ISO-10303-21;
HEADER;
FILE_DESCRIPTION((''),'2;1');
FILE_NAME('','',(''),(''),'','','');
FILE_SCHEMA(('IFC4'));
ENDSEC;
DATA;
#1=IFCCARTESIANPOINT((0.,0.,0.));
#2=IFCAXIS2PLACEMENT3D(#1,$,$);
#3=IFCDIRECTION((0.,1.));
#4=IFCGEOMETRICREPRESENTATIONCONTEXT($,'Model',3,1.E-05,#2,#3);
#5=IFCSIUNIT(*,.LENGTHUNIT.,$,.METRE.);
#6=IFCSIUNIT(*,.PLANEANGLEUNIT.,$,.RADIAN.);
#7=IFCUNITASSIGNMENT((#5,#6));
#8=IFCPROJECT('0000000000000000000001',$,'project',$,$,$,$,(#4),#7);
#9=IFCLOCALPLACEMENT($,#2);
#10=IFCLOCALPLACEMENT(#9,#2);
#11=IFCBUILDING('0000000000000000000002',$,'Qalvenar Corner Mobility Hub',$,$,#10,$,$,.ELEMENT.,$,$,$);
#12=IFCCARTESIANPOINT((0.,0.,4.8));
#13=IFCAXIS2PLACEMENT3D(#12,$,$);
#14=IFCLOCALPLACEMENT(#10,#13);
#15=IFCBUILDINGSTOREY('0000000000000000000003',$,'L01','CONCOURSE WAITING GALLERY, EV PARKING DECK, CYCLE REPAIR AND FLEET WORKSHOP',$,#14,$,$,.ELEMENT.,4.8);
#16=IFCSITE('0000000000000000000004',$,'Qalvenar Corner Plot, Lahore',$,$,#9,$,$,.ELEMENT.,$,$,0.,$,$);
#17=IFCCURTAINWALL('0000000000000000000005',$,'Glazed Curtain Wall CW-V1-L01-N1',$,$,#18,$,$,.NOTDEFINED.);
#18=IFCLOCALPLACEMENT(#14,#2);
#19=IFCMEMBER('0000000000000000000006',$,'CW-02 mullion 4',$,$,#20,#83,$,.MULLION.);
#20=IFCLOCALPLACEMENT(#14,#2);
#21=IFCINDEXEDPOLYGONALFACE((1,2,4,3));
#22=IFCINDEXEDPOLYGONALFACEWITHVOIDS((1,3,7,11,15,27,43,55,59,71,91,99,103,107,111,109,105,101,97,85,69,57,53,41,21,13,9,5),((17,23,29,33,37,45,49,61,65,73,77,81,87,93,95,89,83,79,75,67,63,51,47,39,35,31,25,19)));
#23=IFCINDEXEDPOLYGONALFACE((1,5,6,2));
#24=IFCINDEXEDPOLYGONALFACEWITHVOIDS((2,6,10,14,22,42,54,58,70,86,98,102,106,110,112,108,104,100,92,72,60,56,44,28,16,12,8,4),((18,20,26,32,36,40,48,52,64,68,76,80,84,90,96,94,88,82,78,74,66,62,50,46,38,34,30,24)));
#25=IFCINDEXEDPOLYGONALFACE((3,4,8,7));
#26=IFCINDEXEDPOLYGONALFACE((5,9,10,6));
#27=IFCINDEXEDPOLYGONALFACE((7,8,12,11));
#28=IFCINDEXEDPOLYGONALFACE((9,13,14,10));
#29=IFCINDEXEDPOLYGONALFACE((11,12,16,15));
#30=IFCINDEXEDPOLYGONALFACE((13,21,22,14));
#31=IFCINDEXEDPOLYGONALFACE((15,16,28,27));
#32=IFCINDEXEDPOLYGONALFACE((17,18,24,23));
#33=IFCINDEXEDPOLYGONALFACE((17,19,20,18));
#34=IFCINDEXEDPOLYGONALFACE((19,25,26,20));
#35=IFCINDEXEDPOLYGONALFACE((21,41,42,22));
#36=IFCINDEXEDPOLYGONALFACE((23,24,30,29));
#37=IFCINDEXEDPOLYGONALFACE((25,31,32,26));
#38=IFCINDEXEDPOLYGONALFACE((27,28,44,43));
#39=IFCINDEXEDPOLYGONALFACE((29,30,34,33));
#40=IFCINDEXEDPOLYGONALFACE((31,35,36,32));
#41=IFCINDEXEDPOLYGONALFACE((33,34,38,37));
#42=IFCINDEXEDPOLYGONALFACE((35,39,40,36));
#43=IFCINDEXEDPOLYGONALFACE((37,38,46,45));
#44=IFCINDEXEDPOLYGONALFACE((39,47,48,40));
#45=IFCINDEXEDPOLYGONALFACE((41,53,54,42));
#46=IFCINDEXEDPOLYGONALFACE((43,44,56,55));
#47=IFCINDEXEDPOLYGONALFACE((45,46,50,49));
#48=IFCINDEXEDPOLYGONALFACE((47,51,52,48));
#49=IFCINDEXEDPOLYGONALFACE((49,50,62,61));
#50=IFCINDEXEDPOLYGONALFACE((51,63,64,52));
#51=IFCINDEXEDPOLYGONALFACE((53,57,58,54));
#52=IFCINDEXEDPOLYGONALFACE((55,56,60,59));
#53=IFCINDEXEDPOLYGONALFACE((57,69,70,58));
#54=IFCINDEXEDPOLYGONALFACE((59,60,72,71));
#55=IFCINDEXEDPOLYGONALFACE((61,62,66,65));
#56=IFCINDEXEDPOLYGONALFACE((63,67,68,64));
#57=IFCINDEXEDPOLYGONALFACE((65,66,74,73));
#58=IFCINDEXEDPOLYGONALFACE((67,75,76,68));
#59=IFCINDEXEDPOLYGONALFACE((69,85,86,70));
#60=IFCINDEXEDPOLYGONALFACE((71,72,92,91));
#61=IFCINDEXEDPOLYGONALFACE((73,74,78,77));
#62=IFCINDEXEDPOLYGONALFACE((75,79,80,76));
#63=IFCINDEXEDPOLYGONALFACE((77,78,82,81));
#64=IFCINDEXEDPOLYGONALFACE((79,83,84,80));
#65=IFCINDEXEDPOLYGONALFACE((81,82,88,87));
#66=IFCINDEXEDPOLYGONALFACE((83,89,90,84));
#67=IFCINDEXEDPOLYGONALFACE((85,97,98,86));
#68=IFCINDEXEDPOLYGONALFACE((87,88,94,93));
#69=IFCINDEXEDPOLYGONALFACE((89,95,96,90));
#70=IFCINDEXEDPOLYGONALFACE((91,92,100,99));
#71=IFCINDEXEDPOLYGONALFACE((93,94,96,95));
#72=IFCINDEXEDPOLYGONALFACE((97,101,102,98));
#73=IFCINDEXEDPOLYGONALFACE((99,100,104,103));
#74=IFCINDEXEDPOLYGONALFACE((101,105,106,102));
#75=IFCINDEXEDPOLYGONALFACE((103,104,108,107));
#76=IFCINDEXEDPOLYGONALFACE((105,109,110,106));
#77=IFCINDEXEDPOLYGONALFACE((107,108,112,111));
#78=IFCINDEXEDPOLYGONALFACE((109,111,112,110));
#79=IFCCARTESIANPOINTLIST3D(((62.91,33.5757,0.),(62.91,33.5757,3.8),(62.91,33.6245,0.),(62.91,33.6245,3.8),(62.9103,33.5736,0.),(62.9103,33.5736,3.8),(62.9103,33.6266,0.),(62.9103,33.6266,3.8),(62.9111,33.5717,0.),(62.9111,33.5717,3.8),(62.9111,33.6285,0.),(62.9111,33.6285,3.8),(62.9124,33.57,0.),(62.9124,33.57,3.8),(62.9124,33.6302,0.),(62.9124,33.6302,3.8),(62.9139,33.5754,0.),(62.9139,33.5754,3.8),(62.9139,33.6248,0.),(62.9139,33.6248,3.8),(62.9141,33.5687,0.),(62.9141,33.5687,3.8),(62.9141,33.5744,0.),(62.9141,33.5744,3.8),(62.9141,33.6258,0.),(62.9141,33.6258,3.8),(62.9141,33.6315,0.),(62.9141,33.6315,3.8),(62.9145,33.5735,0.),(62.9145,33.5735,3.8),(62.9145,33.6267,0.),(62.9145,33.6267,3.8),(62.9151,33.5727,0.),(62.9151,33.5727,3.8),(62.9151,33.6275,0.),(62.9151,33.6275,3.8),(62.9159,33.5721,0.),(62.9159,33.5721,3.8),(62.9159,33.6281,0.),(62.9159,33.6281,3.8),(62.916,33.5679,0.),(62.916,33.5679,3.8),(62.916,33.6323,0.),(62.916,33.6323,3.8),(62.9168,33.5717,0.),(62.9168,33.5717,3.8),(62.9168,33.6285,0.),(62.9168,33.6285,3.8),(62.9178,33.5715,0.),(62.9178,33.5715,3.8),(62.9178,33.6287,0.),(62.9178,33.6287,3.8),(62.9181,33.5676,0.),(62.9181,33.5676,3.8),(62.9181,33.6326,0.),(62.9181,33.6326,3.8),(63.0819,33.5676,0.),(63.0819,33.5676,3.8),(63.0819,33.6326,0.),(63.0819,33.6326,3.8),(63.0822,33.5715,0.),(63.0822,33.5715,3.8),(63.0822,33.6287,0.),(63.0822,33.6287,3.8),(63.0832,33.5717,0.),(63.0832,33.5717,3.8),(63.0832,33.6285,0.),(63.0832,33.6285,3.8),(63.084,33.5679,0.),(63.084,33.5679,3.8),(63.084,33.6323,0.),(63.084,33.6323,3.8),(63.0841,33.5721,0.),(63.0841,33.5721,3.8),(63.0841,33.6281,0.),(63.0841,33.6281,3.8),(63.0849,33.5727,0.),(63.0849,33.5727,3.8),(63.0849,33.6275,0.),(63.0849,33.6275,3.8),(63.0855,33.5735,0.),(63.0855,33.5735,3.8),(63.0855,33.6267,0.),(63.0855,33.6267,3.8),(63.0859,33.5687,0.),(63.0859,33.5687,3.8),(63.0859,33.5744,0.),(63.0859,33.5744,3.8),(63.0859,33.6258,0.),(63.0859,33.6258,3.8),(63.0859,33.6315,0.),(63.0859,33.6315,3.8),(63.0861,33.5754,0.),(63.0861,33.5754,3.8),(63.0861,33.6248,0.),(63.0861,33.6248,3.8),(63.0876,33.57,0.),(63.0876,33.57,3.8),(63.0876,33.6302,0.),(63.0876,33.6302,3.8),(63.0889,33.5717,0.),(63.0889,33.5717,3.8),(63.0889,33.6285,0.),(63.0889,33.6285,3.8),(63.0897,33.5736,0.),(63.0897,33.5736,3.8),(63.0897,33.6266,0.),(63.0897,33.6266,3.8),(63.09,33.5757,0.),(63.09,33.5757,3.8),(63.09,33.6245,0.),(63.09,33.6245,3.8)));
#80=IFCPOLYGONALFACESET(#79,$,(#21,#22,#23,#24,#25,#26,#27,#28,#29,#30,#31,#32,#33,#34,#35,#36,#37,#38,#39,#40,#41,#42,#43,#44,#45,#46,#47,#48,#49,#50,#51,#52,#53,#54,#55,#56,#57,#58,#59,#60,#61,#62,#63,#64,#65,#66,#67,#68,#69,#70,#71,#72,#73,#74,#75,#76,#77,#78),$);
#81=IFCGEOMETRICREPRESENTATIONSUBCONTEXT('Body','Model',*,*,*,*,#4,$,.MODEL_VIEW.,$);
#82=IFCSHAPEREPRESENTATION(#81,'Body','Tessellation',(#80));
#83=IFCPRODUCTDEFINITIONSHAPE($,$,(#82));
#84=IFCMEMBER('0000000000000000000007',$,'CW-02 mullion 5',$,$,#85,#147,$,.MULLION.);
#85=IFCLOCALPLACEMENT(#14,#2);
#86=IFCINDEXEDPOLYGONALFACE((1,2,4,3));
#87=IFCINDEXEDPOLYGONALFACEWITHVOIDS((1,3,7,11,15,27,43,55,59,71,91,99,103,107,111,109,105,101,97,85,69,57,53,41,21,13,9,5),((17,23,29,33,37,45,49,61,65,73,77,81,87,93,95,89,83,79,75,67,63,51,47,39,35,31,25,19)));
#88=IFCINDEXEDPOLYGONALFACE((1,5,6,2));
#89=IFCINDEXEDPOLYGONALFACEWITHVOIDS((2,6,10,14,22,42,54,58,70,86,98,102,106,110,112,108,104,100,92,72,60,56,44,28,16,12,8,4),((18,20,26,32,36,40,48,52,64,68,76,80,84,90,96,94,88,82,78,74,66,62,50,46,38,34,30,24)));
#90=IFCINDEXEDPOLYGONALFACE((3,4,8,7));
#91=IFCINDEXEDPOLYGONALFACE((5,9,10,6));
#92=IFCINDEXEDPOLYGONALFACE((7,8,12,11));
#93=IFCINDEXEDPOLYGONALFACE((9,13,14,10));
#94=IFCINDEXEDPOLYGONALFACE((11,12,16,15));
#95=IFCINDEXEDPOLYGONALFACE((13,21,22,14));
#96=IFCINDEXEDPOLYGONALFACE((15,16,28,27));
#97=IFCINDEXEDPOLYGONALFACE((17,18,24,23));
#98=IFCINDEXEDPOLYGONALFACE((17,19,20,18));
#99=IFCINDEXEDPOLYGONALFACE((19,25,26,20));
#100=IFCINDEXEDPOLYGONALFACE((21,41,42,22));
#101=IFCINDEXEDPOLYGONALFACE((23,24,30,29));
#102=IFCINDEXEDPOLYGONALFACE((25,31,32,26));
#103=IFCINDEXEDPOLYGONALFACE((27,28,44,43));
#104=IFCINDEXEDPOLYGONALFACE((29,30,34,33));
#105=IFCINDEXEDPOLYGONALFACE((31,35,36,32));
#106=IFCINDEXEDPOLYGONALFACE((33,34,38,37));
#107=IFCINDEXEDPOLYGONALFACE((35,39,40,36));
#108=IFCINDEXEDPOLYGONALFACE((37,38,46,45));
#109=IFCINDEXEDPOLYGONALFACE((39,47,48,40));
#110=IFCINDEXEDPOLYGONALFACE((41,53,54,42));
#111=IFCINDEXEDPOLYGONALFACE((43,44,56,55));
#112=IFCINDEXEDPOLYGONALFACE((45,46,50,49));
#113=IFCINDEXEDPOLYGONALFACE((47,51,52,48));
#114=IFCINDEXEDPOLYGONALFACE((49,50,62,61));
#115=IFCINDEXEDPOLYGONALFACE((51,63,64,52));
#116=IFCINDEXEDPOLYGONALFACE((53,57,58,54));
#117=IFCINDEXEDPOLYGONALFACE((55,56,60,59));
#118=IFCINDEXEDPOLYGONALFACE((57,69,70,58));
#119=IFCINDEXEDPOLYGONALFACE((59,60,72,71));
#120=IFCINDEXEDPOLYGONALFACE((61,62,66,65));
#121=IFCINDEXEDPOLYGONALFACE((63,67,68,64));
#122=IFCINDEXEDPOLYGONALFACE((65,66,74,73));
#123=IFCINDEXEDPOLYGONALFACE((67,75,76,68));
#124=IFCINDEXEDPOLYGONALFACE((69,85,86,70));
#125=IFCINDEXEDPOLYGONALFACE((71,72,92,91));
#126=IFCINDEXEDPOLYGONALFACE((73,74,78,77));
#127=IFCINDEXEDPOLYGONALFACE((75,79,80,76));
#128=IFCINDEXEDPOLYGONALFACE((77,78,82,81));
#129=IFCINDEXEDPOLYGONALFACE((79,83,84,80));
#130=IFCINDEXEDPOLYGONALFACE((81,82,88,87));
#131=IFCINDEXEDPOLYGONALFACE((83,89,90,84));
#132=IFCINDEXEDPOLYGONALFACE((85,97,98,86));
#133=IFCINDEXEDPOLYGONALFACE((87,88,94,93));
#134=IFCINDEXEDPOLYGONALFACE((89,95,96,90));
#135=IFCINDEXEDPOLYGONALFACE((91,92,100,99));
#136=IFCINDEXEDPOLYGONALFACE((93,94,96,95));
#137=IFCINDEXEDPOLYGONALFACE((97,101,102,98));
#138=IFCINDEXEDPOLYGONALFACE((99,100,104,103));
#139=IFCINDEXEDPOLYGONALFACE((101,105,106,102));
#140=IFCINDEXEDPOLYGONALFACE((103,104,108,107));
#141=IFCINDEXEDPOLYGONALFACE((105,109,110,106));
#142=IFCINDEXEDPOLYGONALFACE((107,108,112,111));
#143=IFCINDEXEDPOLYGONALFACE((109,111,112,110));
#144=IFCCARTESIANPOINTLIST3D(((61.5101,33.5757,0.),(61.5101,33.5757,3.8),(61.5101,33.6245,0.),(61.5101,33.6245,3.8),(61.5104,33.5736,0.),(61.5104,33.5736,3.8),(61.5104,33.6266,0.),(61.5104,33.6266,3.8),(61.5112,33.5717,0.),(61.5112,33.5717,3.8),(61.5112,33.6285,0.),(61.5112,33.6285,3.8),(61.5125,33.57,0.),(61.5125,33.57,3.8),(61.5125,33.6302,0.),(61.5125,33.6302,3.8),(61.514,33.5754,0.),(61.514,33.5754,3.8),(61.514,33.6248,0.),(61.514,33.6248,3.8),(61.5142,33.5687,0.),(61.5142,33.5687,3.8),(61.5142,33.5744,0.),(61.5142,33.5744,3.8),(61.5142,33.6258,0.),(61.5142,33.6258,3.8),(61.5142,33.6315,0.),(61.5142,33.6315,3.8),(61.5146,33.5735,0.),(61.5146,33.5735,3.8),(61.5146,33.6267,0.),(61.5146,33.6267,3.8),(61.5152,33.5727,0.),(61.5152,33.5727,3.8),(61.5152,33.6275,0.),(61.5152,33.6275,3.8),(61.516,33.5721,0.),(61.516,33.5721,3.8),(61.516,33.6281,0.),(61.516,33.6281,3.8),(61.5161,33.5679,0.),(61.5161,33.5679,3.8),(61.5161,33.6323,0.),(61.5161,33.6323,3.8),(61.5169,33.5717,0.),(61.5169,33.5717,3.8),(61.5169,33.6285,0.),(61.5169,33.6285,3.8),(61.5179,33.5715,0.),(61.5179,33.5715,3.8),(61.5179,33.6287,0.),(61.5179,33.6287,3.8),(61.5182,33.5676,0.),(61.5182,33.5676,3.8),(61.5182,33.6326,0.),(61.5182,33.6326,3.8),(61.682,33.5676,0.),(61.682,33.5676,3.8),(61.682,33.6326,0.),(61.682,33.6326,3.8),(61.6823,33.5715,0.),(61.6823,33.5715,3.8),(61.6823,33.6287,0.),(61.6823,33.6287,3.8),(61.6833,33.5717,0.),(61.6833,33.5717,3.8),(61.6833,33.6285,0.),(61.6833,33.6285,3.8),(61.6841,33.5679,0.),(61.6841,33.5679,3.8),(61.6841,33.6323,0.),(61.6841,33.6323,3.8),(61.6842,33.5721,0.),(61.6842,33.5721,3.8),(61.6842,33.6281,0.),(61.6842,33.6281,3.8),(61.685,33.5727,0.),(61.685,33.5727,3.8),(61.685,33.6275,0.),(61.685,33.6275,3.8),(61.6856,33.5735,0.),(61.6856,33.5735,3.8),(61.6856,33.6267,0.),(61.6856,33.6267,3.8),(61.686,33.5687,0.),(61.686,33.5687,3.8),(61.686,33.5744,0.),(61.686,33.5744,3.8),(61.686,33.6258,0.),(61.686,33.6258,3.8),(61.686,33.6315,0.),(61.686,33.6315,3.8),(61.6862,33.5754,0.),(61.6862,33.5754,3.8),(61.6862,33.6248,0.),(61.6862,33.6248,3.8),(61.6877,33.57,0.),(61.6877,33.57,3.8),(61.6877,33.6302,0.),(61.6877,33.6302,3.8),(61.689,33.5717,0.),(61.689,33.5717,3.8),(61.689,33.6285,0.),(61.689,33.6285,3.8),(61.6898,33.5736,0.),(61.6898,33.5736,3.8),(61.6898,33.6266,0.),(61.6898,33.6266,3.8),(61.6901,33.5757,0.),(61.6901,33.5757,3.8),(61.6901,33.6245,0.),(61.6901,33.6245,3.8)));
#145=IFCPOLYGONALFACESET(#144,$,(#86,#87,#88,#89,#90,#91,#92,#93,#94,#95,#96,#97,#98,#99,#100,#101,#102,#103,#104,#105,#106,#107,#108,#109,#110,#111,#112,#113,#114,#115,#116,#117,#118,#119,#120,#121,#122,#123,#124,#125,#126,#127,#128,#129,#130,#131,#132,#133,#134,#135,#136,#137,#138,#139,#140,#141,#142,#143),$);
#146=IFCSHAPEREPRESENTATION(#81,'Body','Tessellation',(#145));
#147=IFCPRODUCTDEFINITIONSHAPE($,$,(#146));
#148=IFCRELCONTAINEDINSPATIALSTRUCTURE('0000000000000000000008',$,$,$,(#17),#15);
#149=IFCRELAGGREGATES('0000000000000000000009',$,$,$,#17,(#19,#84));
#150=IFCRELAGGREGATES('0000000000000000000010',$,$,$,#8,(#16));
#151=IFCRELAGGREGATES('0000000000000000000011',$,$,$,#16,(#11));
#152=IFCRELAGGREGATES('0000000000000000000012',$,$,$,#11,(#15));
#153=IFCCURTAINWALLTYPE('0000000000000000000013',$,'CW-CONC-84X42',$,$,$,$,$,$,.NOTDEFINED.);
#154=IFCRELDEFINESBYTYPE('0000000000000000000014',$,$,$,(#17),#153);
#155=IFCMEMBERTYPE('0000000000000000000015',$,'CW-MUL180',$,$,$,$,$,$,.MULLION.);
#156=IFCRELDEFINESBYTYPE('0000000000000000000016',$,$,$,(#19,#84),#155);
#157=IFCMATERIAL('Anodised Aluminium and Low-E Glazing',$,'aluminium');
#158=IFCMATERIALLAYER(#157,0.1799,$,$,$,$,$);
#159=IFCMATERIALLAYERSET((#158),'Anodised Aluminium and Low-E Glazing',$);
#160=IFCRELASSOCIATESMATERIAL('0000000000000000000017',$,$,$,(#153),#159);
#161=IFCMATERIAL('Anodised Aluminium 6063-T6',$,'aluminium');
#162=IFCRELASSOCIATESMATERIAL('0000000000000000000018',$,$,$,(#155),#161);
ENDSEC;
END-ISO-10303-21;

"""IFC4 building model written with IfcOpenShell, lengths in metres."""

from ifc_helpers import new_model, si_unit, direction, frame, origin, origin_2d, place, context, subcontext, project, spatial, hollow_rectangle, extrude, material, layer, layer_set, material_profile, profile_set, type_object, element, aggregate, save


model = new_model("IFC4")

# Units and contexts
model_context = context("Model", 3, precision=1e-05, world=origin(), true_north=direction((0.0, 1.0)))
body_context = subcontext(model_context, "Body", "Model", "MODEL_VIEW")
ifc_project = project(units=[si_unit("LENGTHUNIT", "METRE"), si_unit("PLANEANGLEUNIT", "RADIAN")], contexts=[model_context])

# Site, building, storey
site_placement = place(None, origin())
site = spatial("IfcSite", under=ifc_project, at=site_placement, Name="Qalvenar Corner Plot, Lahore", CompositionType="ELEMENT", RefElevation=0.0)
building_placement = place(site_placement, origin())
building = spatial("IfcBuilding", under=site, at=building_placement, Name="Qalvenar Corner Mobility Hub", CompositionType="ELEMENT")
storey_placement = place(building_placement, frame((0.0, 0.0, 4.8)))
storey = spatial("IfcBuildingStorey", under=building, at=storey_placement, Name="L01", Description="CONCOURSE WAITING GALLERY, EV PARKING DECK, CYCLE REPAIR AND FLEET WORKSHOP", CompositionType="ELEMENT", Elevation=4.8)

# Curtain wall, members
ifc_material_1 = material(Name="Anodised Aluminium and Low-E Glazing", Category="aluminium")
ifc_layer_1 = layer(ifc_material_1, 0.1799)
ifc_layer_set_1 = layer_set([ifc_layer_1], Name="Anodised Aluminium and Low-E Glazing")
curtain_wall_type = type_object("IfcCurtainWallType", Name="CW-CONC-84X42", PredefinedType="NOTDEFINED", material=ifc_layer_set_1)
curtain_wall_placement = place(storey_placement, origin())
curtain_wall = element("IfcCurtainWall", 1, at=curtain_wall_placement, inside=storey, type_object=curtain_wall_type, Name="Glazed Curtain Wall CW-V1-L01-N1", PredefinedType="NOTDEFINED")
ifc_material_2 = material(Name="Anodised Aluminium 6063-T6", Category="aluminium")
ifc_material_profile_1 = material_profile(ifc_material_2, hollow_rectangle(XDim=0.0649, YDim=0.1799, WallThickness=0.0039, InnerFilletRadius=0.0039, OuterFilletRadius=0.0081, at=origin_2d()), Name="RHS180x65x4")
ifc_profile_set_1 = profile_set([ifc_material_profile_1], Name="Anodised Aluminium 6063-T6")
member_type_1 = type_object("IfcMemberType", Name="CW-MUL180", PredefinedType="MULLION", material=ifc_profile_set_1)
member_1_placement = place(storey_placement, frame((63.0, 33.6001, 0.0), z_axis=(0.0, 0.0, 1.0), x_axis=(0.0, -1.0, 0.0)))
member_1 = element("IfcMember", 2, at=member_1_placement, type_object=member_type_1, Name="CW-02 mullion 4", PredefinedType="MULLION", context=body_context, shape_type="SweptSolid", body=[
    extrude(hollow_rectangle(XDim=0.0649, YDim=0.1799, WallThickness=0.0039, InnerFilletRadius=0.0039, OuterFilletRadius=0.0081, at=origin_2d()), origin(), (0.0, 0.0, 1.0), 3.8),
])
member_2_placement = place(storey_placement, frame((61.6001, 33.6001, 0.0), z_axis=(0.0, 0.0, 1.0), x_axis=(0.0, -1.0, 0.0)))
member_2 = element("IfcMember", 3, at=member_2_placement, type_object=member_type_1, Name="CW-02 mullion 5", PredefinedType="MULLION", context=body_context, shape_type="SweptSolid", body=[
    extrude(hollow_rectangle(XDim=0.0649, YDim=0.1799, WallThickness=0.0039, InnerFilletRadius=0.0039, OuterFilletRadius=0.0081, at=origin_2d()), origin(), (0.0, 0.0, 1.0), 3.8),
])
aggregate(curtain_wall, [member_1, member_2])

save(model, "model.ifc")
